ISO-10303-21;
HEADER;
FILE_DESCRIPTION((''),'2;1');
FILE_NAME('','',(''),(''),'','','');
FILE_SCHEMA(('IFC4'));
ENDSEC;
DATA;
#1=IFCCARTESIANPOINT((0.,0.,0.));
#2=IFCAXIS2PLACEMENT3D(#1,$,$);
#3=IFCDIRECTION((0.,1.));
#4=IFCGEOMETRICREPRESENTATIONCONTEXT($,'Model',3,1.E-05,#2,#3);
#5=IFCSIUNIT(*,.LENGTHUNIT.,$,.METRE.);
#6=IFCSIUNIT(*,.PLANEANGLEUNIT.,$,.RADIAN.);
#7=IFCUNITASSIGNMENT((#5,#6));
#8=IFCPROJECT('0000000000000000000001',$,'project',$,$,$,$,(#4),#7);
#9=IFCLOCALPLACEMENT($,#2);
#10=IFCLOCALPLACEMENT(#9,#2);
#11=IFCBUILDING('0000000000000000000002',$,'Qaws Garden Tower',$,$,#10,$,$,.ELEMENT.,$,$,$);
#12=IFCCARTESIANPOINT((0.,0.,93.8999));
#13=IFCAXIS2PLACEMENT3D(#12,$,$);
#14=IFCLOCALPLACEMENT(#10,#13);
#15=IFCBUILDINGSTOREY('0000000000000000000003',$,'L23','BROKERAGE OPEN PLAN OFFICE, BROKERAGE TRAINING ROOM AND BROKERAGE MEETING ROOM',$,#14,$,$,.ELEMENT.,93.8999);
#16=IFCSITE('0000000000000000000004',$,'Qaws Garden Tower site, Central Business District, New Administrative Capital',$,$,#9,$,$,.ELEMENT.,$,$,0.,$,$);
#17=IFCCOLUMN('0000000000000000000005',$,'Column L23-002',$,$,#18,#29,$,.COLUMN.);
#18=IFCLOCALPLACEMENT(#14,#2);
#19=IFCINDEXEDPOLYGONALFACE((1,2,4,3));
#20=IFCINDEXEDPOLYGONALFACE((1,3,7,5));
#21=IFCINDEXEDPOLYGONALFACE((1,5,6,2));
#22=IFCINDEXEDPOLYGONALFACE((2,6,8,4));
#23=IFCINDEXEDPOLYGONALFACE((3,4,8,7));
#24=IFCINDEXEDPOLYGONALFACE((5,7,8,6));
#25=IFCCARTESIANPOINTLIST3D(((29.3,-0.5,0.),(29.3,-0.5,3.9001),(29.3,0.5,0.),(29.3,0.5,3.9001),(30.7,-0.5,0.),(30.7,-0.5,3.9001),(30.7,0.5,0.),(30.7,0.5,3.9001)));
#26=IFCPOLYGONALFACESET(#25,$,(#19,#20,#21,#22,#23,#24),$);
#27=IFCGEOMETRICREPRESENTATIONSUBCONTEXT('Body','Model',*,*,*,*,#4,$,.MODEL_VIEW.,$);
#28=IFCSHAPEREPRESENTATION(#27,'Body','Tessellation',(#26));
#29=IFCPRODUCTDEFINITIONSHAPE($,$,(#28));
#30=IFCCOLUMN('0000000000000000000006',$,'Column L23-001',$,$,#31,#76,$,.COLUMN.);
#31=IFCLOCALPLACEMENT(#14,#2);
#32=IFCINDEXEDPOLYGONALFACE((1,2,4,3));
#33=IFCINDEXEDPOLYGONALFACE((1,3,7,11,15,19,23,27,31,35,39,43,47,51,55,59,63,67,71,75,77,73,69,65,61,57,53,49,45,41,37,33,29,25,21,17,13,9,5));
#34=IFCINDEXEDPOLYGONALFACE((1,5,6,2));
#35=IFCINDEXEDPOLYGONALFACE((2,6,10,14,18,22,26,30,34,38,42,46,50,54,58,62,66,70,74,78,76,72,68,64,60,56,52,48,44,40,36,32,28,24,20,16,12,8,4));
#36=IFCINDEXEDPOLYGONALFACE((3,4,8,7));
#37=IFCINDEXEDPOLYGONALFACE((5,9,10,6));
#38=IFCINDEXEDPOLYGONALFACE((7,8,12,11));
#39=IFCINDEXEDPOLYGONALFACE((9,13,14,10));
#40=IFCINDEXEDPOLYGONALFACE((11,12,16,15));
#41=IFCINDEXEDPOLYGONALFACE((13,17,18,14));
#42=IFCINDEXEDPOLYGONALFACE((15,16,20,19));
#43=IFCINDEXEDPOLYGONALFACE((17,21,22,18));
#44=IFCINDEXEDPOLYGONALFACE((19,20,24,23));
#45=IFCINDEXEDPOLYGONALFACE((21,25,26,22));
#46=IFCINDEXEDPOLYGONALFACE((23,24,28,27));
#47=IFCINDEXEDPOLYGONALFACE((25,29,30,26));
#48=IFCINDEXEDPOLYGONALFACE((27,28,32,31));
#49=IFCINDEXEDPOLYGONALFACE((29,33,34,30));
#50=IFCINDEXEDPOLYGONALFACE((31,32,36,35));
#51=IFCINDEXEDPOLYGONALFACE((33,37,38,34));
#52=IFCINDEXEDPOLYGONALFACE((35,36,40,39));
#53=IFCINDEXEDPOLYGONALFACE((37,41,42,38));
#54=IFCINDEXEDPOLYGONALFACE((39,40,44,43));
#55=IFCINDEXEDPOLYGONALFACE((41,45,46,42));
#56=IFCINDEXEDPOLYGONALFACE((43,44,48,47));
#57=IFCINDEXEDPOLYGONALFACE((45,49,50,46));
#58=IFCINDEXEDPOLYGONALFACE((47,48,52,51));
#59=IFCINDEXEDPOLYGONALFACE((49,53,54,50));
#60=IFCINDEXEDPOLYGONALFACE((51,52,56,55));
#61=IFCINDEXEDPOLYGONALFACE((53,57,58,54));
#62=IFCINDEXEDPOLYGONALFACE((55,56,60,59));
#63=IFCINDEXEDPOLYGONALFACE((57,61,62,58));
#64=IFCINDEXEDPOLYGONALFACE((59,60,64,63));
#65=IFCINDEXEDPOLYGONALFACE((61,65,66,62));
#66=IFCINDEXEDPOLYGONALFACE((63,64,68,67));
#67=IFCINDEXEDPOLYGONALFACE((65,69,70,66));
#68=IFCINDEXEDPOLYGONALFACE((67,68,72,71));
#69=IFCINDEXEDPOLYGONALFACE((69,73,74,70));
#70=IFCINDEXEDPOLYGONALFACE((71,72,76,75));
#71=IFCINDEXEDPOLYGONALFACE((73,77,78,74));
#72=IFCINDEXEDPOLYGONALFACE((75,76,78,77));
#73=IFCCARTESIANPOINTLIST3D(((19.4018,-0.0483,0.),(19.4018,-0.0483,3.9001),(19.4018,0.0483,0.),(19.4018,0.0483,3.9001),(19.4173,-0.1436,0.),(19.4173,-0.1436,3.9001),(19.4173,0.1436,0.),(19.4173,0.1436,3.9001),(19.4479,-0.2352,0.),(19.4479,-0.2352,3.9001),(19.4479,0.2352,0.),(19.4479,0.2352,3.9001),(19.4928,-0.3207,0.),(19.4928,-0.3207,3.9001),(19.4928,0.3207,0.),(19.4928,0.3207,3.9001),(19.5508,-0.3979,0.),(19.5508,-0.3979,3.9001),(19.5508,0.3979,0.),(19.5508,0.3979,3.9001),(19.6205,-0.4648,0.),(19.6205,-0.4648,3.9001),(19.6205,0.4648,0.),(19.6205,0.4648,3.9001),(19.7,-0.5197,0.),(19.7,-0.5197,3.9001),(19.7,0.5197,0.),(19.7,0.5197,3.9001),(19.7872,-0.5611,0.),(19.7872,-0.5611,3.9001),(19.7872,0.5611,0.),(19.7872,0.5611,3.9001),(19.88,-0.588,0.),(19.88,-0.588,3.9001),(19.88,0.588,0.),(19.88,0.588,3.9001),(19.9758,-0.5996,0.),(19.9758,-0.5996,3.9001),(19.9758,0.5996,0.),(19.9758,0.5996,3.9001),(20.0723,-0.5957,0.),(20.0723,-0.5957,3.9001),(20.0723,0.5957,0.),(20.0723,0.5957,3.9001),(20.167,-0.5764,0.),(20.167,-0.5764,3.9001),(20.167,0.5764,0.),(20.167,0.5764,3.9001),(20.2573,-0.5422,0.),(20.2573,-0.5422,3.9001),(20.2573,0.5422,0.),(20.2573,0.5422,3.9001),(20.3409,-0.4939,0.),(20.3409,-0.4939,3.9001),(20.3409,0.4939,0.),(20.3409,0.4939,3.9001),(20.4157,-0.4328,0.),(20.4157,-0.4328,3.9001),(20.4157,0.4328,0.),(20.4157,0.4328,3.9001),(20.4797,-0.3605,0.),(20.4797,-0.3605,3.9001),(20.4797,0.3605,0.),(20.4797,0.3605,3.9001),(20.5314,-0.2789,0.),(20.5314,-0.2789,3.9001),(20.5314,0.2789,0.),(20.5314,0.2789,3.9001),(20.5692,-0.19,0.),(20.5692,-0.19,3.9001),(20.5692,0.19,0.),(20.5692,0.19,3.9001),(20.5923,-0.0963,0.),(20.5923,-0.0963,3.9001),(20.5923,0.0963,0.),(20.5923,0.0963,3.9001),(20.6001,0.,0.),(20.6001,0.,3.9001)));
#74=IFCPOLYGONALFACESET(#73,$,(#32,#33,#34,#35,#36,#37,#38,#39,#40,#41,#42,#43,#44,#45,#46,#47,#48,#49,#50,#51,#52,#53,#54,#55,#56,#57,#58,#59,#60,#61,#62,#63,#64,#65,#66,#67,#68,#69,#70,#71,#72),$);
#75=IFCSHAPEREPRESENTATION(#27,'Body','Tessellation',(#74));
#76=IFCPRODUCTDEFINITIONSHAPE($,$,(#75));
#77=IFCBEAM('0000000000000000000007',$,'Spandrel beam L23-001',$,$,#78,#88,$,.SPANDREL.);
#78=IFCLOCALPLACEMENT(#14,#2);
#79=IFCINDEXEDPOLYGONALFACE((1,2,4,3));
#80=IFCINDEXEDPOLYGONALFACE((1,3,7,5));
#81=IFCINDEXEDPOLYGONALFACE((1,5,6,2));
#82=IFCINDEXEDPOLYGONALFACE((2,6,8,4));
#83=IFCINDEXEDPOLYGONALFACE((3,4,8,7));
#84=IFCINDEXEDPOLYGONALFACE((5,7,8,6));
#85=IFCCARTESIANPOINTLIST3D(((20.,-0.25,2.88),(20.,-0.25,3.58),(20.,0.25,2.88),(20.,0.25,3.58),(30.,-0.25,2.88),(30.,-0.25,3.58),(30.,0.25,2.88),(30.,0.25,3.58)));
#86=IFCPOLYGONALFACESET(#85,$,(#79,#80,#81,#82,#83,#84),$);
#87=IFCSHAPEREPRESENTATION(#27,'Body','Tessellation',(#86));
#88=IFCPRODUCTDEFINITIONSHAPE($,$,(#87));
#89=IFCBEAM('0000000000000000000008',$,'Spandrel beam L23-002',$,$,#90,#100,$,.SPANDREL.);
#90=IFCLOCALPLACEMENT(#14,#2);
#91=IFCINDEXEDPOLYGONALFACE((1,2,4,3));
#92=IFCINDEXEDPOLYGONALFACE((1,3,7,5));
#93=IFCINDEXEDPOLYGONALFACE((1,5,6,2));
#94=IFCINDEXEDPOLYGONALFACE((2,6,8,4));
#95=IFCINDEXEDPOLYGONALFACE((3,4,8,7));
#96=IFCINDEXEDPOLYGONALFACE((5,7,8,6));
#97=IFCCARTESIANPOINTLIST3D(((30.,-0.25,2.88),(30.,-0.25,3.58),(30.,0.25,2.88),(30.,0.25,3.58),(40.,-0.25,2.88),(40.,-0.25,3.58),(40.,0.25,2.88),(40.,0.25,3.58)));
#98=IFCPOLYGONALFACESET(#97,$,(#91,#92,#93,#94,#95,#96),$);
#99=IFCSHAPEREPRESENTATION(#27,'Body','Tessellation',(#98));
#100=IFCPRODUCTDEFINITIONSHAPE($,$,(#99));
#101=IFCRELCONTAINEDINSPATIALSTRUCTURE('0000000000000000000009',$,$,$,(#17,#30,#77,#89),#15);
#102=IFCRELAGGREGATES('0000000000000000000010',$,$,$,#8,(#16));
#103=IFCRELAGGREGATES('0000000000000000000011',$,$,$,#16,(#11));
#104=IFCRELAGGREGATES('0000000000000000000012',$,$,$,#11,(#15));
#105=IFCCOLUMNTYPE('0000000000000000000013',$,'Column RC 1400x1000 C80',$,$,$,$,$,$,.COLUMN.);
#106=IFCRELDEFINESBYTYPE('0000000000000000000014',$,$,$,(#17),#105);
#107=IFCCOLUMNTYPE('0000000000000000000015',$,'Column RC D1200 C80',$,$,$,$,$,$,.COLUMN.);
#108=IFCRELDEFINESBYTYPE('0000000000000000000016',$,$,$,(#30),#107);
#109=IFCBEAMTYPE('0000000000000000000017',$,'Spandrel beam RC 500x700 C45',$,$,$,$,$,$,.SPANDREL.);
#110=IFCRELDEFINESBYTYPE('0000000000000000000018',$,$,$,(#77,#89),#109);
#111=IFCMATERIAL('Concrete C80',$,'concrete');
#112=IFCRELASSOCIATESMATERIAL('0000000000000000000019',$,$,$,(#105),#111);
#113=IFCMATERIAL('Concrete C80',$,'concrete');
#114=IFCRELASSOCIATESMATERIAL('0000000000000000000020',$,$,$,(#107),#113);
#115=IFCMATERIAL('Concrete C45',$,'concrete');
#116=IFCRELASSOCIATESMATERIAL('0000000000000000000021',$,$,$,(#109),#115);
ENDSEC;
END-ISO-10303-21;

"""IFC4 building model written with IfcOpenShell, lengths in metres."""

from ifc_helpers import new_model, si_unit, direction, frame, origin, origin_2d, place, context, subcontext, project, spatial, rectangle, circle, extrude, material, material_profile, profile_set, type_object, element, save


model = new_model("IFC4")

# Units and contexts
model_context = context("Model", 3, precision=1e-05, world=origin(), true_north=direction((0.0, 1.0)))
body_context = subcontext(model_context, "Body", "Model", "MODEL_VIEW")
ifc_project = project(units=[si_unit("LENGTHUNIT", "METRE"), si_unit("PLANEANGLEUNIT", "RADIAN")], contexts=[model_context])

# Site, building, storey
site_placement = place(None, origin())
site = spatial("IfcSite", under=ifc_project, at=site_placement, Name="Qaws Garden Tower site, Central Business District, New Administrative Capital", CompositionType="ELEMENT", RefElevation=0.0)
building_placement = place(site_placement, origin())
building = spatial("IfcBuilding", under=site, at=building_placement, Name="Qaws Garden Tower", CompositionType="ELEMENT")
storey_placement = place(building_placement, frame((0.0, 0.0, 93.8999)))
storey = spatial("IfcBuildingStorey", under=building, at=storey_placement, Name="L23", Description="BROKERAGE OPEN PLAN OFFICE, BROKERAGE TRAINING ROOM AND BROKERAGE MEETING ROOM", CompositionType="ELEMENT", Elevation=93.8999)

# Columns
ifc_material_1 = material(Name="Concrete C80", Category="concrete")
ifc_material_profile_1 = material_profile(ifc_material_1, rectangle(XDim=1.3999, YDim=1.0, at=origin_2d()), Name="RC 1400x1000")
ifc_profile_set_1 = profile_set([ifc_material_profile_1], Name="Concrete C80")
column_type_1 = type_object("IfcColumnType", Name="Column RC 1400x1000 C80", PredefinedType="COLUMN", material=ifc_profile_set_1)
column_1_placement = place(storey_placement, frame((30.0, 0.0, 0.0), z_axis=(0.0, 0.0, 1.0), x_axis=(1.0, 0.0, 0.0)))
element("IfcColumn", 1, at=column_1_placement, inside=storey, type_object=column_type_1, Name="Column L23-002", PredefinedType="COLUMN", context=body_context, shape_type="SweptSolid", body=[
    extrude(rectangle(XDim=1.3999, YDim=1.0, at=origin_2d()), origin(), (0.0, 0.0, 1.0), 3.9001),
])
ifc_material_2 = material(Name="Concrete C80", Category="concrete")
ifc_material_profile_2 = material_profile(ifc_material_2, circle(Radius=0.6001, at=origin_2d()), Name="RC D1200")
ifc_profile_set_2 = profile_set([ifc_material_profile_2], Name="Concrete C80")
column_type_2 = type_object("IfcColumnType", Name="Column RC D1200 C80", PredefinedType="COLUMN", material=ifc_profile_set_2)
column_2_placement = place(storey_placement, frame((20.0, 0.0, 0.0), z_axis=(0.0, 0.0, 1.0), x_axis=(1.0, 0.0, 0.0)))
element("IfcColumn", 2, at=column_2_placement, inside=storey, type_object=column_type_2, Name="Column L23-001", PredefinedType="COLUMN", context=body_context, shape_type="SweptSolid", body=[
    extrude(circle(Radius=0.6001, at=origin_2d()), origin(), (0.0, 0.0, 1.0), 3.9001),
])

# Beams
ifc_material_3 = material(Name="Concrete C45", Category="concrete")
ifc_material_profile_3 = material_profile(ifc_material_3, rectangle(XDim=0.5, YDim=0.7, at=origin_2d()), Name="RC 500x700")
ifc_profile_set_3 = profile_set([ifc_material_profile_3], Name="Concrete C45")
beam_type = type_object("IfcBeamType", Name="Spandrel beam RC 500x700 C45", PredefinedType="SPANDREL", material=ifc_profile_set_3)
for number, where, z_axis, x_axis, name in (
    (3, (20.0, 0.0, 3.23), (1.0, 0.0, 0.0), (0.0, 1.0, 0.0), "Spandrel beam L23-001"),
    (4, (30.0, 0.0, 3.23), (1.0, 0.0, 0.0), (0.0, 1.0, 0.0), "Spandrel beam L23-002"),
):
    element("IfcBeam", number, at=place(storey_placement, frame(where, z_axis=z_axis, x_axis=x_axis)), inside=storey, type_object=beam_type, Name=name, PredefinedType="SPANDREL", context=body_context, shape_type="SweptSolid", body=[
        extrude(rectangle(XDim=0.5, YDim=0.7, at=origin_2d()), origin(), (0.0, 0.0, 1.0), 10.0),
    ])

save(model, "model.ifc")
